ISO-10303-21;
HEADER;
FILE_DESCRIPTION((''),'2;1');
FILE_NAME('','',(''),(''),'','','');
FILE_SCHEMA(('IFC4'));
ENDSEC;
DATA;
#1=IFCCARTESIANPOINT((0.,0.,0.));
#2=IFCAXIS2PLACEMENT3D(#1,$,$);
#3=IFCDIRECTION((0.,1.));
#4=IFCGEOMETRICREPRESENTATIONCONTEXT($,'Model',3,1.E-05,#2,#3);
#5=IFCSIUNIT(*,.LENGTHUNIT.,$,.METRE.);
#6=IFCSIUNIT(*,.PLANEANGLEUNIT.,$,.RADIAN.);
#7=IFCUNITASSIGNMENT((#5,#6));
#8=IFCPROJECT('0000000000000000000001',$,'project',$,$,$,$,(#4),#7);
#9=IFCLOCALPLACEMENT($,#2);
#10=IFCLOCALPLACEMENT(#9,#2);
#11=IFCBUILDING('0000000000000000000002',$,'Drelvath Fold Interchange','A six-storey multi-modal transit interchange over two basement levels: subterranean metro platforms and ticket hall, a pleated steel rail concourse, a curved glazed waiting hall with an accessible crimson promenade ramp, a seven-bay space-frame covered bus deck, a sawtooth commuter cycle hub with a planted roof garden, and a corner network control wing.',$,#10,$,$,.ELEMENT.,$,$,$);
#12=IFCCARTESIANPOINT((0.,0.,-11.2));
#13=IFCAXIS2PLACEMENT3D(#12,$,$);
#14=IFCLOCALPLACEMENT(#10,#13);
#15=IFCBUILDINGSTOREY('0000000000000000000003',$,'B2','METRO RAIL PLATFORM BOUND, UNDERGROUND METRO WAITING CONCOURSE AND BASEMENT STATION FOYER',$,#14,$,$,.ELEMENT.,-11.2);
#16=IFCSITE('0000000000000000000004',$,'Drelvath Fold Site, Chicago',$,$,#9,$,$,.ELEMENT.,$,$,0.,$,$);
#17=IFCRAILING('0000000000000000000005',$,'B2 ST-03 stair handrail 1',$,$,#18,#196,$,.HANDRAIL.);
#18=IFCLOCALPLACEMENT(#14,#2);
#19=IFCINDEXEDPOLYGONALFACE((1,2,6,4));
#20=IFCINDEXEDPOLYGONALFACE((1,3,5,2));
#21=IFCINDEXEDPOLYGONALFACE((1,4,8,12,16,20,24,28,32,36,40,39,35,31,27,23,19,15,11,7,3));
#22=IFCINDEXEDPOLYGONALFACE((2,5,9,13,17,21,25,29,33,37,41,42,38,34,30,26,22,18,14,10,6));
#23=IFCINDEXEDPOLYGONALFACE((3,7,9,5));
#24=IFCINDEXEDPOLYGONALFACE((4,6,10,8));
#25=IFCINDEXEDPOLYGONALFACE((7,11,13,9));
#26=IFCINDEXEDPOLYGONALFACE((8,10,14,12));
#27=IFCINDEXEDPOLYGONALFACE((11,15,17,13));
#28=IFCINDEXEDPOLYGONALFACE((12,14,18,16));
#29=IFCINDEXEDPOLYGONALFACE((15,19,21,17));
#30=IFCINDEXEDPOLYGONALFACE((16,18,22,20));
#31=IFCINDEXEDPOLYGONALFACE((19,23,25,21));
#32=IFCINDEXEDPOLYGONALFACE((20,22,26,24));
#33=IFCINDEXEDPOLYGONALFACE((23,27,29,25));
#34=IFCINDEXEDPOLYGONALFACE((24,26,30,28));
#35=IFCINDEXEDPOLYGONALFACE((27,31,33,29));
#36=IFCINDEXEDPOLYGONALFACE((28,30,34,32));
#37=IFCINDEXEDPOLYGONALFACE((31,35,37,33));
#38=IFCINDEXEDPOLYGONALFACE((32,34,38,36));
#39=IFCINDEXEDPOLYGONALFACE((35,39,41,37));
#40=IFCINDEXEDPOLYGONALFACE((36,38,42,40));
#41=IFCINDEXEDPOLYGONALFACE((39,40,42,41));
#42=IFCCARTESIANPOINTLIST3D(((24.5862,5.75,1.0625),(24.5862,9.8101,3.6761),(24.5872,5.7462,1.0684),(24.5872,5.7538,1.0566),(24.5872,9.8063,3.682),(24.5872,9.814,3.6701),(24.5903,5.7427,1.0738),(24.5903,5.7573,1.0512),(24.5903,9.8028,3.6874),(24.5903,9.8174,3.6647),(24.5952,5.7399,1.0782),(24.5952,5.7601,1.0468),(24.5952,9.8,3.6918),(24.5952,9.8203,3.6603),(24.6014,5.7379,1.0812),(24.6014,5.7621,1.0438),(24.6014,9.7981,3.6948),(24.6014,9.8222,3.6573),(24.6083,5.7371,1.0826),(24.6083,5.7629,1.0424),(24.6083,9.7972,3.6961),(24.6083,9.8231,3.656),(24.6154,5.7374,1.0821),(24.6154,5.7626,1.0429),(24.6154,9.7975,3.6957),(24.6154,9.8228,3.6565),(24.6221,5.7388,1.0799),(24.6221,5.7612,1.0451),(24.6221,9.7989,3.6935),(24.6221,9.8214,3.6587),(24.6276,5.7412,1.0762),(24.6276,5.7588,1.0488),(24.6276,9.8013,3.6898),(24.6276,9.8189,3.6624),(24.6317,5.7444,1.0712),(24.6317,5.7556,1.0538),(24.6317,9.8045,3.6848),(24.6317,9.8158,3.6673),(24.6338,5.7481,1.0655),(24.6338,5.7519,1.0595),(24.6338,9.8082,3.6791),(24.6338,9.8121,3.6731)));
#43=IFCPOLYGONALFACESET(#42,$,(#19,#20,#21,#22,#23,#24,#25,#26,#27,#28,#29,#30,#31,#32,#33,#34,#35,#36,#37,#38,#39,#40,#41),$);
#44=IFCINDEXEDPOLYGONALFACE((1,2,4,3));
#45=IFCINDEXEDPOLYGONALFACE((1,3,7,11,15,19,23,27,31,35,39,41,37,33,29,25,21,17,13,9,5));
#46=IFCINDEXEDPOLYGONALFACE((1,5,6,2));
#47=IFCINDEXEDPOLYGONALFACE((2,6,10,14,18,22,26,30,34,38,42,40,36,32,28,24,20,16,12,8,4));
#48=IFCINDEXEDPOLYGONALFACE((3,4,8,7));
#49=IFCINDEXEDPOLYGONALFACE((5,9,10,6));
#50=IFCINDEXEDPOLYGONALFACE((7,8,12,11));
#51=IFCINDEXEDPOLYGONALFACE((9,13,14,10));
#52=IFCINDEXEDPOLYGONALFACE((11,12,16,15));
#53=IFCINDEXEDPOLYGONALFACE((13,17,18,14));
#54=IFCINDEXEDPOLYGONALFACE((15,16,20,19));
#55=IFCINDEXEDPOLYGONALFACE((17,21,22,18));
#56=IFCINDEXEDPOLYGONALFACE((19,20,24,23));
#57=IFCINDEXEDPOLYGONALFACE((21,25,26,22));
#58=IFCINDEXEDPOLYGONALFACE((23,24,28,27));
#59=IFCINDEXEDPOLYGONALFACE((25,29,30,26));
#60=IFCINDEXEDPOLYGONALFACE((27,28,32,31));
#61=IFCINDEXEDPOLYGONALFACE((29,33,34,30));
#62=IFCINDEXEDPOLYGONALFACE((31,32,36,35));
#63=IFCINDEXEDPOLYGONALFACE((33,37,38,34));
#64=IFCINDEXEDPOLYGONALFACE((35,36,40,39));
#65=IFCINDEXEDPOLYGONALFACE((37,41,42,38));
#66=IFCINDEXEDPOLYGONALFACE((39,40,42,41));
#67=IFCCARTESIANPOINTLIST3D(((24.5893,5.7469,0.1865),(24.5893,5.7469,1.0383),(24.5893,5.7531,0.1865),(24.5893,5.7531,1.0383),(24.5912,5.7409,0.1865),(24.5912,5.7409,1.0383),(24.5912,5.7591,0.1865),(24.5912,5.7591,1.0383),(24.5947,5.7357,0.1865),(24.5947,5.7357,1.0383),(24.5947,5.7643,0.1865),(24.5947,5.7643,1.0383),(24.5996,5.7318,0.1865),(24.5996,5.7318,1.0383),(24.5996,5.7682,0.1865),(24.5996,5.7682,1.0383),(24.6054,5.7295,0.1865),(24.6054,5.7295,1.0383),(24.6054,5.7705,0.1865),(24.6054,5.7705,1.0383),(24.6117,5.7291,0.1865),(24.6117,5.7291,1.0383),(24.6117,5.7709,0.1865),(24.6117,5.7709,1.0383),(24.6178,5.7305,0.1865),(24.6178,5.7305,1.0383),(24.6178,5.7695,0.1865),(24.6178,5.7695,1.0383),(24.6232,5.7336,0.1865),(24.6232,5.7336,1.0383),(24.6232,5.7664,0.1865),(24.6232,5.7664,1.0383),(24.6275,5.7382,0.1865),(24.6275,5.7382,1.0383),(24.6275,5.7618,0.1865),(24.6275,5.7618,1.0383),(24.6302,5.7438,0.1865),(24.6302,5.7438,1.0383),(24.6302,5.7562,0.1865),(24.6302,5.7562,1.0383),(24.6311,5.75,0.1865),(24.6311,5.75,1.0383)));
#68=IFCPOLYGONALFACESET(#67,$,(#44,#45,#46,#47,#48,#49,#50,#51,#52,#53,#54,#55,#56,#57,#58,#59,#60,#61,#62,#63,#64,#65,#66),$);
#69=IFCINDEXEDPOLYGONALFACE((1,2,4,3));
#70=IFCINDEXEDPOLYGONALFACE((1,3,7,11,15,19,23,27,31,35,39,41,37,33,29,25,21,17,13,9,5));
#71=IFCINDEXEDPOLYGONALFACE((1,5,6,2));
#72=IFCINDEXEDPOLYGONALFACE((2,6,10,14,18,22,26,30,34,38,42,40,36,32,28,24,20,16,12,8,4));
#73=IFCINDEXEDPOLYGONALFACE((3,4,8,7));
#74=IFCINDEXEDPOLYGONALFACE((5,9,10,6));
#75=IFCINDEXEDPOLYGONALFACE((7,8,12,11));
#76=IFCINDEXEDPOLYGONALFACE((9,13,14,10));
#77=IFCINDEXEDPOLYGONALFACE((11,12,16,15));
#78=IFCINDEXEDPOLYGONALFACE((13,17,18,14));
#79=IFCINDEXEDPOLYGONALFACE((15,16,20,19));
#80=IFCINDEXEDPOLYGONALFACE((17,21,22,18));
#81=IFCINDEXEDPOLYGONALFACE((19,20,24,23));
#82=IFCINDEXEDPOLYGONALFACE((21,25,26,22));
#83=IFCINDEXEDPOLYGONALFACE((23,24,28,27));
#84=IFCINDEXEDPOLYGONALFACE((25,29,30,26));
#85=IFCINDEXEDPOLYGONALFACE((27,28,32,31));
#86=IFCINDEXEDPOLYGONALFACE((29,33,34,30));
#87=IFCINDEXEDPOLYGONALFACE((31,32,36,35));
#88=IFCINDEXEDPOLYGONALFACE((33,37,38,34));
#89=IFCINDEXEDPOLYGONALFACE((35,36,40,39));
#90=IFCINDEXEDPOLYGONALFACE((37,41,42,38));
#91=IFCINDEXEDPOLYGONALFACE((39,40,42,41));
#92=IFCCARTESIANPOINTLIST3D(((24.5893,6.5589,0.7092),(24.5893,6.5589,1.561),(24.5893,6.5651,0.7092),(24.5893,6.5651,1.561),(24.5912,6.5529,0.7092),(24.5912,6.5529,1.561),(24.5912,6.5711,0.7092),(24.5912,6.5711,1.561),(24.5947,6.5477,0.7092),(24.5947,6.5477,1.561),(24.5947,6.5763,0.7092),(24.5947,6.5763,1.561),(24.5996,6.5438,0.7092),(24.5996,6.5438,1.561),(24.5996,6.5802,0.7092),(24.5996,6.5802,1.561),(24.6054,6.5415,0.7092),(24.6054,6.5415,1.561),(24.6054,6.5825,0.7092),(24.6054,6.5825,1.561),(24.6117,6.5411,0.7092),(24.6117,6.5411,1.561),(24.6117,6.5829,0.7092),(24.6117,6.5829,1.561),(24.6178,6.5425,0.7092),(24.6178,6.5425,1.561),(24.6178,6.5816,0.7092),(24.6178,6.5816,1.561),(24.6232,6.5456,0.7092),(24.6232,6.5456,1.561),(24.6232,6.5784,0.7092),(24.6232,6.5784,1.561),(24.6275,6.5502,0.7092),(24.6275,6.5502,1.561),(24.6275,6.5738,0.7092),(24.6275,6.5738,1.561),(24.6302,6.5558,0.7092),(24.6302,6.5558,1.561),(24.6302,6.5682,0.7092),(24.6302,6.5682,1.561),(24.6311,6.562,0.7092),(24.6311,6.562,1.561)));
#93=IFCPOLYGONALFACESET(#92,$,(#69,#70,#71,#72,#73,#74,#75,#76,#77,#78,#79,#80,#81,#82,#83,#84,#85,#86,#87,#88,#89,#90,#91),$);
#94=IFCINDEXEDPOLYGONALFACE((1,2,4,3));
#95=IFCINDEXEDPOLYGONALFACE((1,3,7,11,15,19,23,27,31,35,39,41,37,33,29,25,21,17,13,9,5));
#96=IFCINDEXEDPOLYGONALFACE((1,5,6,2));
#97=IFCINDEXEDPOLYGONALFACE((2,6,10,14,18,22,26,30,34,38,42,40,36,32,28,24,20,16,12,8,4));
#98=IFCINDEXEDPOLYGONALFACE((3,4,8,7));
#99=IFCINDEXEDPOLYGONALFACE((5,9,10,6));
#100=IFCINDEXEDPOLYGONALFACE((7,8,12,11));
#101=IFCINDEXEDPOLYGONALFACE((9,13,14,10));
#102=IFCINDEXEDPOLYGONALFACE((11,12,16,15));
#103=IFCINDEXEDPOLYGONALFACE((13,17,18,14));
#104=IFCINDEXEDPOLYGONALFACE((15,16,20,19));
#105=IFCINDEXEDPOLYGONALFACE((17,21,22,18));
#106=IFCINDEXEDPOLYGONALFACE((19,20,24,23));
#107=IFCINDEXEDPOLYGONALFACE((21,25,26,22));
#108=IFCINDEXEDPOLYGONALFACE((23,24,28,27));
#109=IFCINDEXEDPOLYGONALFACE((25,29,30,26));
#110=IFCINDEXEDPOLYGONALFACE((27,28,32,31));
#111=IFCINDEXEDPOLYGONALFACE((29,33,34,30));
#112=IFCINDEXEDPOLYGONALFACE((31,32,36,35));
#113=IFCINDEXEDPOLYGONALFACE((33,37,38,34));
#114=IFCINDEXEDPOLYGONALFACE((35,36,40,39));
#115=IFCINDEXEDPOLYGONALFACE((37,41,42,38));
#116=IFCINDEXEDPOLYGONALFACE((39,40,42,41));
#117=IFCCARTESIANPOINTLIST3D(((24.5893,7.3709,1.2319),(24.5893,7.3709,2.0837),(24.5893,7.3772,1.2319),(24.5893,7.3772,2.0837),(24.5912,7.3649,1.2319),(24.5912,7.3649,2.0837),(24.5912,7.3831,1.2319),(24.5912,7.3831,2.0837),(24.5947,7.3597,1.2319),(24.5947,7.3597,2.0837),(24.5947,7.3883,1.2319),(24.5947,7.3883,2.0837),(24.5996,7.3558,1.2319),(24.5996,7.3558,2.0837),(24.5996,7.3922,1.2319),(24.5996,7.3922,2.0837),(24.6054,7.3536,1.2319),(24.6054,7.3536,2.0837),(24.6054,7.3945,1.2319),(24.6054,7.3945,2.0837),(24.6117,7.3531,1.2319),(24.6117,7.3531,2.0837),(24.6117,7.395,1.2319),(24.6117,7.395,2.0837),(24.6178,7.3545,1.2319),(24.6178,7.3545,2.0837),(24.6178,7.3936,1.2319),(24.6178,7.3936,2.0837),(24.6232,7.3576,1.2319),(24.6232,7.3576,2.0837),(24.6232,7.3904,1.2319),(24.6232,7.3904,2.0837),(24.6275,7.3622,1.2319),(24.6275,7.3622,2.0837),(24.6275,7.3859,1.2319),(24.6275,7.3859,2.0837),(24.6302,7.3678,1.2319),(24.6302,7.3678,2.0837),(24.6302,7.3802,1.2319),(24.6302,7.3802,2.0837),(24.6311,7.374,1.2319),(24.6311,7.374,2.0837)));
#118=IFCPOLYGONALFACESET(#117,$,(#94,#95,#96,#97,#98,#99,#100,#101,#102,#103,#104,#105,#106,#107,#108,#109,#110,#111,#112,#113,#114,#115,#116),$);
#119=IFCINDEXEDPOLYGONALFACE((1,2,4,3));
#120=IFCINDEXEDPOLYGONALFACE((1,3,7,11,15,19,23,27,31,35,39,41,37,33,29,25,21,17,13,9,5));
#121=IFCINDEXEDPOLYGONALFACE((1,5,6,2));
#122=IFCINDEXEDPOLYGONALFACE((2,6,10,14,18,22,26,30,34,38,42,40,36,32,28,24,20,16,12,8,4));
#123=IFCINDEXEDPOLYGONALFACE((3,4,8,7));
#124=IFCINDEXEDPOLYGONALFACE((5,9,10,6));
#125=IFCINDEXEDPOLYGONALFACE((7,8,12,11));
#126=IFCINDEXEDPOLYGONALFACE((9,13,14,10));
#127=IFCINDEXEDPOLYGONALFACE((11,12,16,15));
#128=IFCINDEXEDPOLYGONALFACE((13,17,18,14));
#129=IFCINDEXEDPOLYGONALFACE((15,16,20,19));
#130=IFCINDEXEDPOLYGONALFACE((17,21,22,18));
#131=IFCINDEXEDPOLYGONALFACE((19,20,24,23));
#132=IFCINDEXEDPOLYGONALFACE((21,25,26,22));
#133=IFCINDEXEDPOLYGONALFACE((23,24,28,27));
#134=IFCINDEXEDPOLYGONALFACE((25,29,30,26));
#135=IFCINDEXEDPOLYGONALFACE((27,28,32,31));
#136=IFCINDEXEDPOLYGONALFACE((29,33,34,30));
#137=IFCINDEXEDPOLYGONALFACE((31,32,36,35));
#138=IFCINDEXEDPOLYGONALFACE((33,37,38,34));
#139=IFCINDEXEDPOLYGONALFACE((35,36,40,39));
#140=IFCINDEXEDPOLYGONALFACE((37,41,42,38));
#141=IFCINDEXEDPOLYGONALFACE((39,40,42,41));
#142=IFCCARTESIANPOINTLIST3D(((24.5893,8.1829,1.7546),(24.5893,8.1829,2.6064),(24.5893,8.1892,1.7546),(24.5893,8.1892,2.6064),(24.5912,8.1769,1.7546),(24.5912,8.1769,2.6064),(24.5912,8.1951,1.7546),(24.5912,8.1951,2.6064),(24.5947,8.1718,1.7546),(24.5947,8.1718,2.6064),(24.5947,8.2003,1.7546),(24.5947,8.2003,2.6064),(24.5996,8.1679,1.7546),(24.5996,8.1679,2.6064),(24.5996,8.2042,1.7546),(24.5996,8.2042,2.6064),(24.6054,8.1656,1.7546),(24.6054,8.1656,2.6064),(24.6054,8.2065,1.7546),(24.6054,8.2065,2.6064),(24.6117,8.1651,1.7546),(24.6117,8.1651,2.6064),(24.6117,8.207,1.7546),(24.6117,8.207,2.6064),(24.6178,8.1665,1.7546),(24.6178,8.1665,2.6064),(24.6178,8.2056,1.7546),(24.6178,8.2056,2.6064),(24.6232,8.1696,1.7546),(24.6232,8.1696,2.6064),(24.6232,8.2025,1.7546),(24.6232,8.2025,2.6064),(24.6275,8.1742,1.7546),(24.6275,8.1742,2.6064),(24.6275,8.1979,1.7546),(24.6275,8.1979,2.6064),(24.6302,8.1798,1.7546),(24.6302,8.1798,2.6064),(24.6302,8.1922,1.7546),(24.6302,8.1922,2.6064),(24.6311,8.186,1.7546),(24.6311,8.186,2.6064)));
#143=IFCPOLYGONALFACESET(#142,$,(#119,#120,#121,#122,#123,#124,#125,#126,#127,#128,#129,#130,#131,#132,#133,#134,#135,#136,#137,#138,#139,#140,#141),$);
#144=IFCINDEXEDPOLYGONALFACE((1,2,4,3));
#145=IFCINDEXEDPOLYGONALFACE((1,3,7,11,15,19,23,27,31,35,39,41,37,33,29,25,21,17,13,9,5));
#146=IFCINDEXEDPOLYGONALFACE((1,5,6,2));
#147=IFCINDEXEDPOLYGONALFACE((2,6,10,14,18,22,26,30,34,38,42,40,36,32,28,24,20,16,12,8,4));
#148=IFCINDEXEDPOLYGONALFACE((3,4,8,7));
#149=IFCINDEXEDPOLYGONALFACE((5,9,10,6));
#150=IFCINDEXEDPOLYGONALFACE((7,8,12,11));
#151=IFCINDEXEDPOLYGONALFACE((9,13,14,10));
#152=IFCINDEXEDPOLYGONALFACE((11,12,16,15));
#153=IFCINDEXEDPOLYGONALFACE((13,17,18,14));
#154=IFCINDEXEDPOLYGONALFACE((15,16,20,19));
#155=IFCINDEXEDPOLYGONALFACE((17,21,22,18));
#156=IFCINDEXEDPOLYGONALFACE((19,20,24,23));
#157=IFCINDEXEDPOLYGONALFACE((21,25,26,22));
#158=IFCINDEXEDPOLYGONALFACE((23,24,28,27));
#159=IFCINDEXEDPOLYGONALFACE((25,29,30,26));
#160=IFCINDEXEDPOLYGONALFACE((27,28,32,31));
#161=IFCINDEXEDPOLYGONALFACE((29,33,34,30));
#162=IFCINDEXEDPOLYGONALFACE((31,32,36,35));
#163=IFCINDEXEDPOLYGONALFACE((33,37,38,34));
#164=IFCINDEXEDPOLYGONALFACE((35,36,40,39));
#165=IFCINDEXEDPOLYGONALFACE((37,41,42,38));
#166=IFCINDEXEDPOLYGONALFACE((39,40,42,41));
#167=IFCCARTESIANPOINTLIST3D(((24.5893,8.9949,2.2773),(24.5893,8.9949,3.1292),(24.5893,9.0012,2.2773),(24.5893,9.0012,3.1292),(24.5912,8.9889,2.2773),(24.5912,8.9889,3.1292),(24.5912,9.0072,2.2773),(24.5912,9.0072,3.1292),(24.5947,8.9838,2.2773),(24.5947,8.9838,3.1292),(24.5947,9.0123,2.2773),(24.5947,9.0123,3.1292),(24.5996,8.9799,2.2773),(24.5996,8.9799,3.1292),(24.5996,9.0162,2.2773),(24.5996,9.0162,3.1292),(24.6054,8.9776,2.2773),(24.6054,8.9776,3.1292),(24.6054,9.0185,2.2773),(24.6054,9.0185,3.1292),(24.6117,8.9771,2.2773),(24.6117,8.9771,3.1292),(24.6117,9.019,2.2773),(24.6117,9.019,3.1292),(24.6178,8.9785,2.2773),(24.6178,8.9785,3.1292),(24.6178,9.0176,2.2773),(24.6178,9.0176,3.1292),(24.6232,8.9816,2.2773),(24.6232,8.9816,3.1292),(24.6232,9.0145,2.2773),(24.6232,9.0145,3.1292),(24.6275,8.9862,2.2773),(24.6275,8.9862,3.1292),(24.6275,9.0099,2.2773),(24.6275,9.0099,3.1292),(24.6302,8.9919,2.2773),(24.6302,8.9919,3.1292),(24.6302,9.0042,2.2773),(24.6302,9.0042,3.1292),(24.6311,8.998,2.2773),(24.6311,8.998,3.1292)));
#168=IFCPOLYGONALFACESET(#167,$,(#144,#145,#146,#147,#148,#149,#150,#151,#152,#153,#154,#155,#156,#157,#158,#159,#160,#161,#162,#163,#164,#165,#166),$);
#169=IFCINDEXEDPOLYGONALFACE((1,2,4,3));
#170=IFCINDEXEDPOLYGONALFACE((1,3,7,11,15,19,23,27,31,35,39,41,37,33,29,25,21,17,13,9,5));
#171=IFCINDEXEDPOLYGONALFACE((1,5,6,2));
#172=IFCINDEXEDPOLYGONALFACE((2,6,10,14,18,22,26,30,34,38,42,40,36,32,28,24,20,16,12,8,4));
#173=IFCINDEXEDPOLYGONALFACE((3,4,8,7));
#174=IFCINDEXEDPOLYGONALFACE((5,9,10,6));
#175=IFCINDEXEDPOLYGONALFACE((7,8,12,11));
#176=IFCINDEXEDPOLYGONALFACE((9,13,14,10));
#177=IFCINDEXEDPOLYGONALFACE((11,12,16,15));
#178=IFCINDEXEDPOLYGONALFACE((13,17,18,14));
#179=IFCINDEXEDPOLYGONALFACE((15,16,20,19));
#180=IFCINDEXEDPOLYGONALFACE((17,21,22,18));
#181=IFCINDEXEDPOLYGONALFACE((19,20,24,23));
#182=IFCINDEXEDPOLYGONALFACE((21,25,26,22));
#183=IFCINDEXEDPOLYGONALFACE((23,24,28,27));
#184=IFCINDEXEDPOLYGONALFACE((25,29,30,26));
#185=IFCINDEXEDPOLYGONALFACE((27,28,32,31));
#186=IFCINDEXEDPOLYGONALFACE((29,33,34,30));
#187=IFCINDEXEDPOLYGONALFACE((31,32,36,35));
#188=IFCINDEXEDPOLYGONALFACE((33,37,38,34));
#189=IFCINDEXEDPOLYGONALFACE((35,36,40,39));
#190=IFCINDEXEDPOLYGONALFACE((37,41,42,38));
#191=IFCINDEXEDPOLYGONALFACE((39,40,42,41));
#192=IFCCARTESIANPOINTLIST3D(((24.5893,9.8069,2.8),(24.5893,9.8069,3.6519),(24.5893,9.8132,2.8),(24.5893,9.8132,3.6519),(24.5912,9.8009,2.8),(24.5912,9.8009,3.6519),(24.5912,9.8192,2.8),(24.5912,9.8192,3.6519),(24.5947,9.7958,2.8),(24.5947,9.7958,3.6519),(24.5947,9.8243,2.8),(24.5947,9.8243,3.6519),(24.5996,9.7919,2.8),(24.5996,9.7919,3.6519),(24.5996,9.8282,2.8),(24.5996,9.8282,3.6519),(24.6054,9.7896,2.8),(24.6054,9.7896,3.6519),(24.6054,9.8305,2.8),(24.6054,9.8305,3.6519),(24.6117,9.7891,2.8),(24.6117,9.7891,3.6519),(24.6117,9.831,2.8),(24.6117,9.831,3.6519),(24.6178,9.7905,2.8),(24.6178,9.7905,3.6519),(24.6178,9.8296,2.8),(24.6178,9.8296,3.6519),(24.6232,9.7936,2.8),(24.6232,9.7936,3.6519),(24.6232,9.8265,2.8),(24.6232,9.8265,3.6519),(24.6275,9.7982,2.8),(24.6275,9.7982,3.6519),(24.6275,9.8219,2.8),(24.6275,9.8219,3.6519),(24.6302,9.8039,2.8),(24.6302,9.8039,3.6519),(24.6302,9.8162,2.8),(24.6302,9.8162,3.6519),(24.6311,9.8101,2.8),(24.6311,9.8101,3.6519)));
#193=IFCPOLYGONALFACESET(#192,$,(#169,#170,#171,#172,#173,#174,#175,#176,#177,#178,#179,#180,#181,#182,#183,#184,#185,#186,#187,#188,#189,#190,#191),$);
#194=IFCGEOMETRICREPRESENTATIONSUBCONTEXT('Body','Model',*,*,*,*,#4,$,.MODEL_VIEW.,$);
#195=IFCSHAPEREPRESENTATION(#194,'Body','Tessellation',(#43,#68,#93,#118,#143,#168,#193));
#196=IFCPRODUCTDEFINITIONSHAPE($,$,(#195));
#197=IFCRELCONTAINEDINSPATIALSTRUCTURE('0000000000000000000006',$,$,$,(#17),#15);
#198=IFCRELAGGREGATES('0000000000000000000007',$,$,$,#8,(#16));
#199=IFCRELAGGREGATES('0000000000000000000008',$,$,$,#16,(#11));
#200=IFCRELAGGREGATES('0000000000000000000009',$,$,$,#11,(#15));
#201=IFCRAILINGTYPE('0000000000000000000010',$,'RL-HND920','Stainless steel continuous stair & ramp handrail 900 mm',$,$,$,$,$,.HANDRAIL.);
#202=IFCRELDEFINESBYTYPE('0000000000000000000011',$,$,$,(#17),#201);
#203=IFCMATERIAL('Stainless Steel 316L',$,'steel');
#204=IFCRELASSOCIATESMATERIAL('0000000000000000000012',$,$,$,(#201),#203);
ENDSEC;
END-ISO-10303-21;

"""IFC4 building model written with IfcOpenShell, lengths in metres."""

from ifc_helpers import new_model, si_unit, direction, frame, origin, origin_2d, place, context, subcontext, project, spatial, circle, extrude, material, type_object, element, save


model = new_model("IFC4")

# Units and contexts
model_context = context("Model", 3, precision=1e-05, world=origin(), true_north=direction((0.0, 1.0)))
body_context = subcontext(model_context, "Body", "Model", "MODEL_VIEW")
ifc_project = project(units=[si_unit("LENGTHUNIT", "METRE"), si_unit("PLANEANGLEUNIT", "RADIAN")], contexts=[model_context])

# Site, building, storey
site_placement = place(None, origin())
site = spatial("IfcSite", under=ifc_project, at=site_placement, Name="Drelvath Fold Site, Chicago", CompositionType="ELEMENT", RefElevation=0.0)
building_placement = place(site_placement, origin())
building = spatial("IfcBuilding", under=site, at=building_placement, Name="Drelvath Fold Interchange", Description="A six-storey multi-modal transit interchange over two basement levels: subterranean metro platforms and ticket hall, a pleated steel rail concourse, a curved glazed waiting hall with an accessible crimson promenade ramp, a seven-bay space-frame covered bus deck, a sawtooth commuter cycle hub with a planted roof garden, and a corner network control wing.", CompositionType="ELEMENT")
storey_placement = place(building_placement, frame((0.0, 0.0, -11.2)))
storey = spatial("IfcBuildingStorey", under=building, at=storey_placement, Name="B2", Description="METRO RAIL PLATFORM BOUND, UNDERGROUND METRO WAITING CONCOURSE AND BASEMENT STATION FOYER", CompositionType="ELEMENT", Elevation=-11.2)

# Railing
ifc_material_1 = material(Name="Stainless Steel 316L", Category="steel")
railing_type_1 = type_object("IfcRailingType", Name="RL-HND920", Description="Stainless steel continuous stair & ramp handrail 900 mm", PredefinedType="HANDRAIL", material=ifc_material_1)
railing_1_placement = place(storey_placement, frame((24.6101, 5.75, 0.1865)))
element("IfcRailing", 1, at=railing_1_placement, inside=storey, type_object=railing_type_1, Name="B2 ST-03 stair handrail 1", PredefinedType="HANDRAIL", context=body_context, shape_type="SweptSolid", body=[
    extrude(circle(Radius=0.0239, at=origin_2d()), frame((0.0, 0.0, 0.876), z_axis=(0.0, 0.84085, 0.541269), x_axis=(-1.0, 0.0, 0.0)), (0.0, 0.0, 1.0), 4.8286),
    extrude(circle(Radius=0.021, at=origin_2d()), origin(), (0.0, 0.0, 1.0), 0.8518),
    extrude(circle(Radius=0.021, at=origin_2d()), frame((0.0, 0.812, 0.5227)), (0.0, 0.0, 1.0), 0.8518),
    extrude(circle(Radius=0.021, at=origin_2d()), frame((0.0, 1.624, 1.0454)), (0.0, 0.0, 1.0), 0.8518),
    extrude(circle(Radius=0.021, at=origin_2d()), frame((0.0, 2.436, 1.5681)), (0.0, 0.0, 1.0), 0.8518),
    extrude(circle(Radius=0.021, at=origin_2d()), frame((0.0, 3.248, 2.0908)), (0.0, 0.0, 1.0), 0.8518),
    extrude(circle(Radius=0.021, at=origin_2d()), frame((0.0, 4.0601, 2.6135)), (0.0, 0.0, 1.0), 0.8518),
])

save(model, "model.ifc")
